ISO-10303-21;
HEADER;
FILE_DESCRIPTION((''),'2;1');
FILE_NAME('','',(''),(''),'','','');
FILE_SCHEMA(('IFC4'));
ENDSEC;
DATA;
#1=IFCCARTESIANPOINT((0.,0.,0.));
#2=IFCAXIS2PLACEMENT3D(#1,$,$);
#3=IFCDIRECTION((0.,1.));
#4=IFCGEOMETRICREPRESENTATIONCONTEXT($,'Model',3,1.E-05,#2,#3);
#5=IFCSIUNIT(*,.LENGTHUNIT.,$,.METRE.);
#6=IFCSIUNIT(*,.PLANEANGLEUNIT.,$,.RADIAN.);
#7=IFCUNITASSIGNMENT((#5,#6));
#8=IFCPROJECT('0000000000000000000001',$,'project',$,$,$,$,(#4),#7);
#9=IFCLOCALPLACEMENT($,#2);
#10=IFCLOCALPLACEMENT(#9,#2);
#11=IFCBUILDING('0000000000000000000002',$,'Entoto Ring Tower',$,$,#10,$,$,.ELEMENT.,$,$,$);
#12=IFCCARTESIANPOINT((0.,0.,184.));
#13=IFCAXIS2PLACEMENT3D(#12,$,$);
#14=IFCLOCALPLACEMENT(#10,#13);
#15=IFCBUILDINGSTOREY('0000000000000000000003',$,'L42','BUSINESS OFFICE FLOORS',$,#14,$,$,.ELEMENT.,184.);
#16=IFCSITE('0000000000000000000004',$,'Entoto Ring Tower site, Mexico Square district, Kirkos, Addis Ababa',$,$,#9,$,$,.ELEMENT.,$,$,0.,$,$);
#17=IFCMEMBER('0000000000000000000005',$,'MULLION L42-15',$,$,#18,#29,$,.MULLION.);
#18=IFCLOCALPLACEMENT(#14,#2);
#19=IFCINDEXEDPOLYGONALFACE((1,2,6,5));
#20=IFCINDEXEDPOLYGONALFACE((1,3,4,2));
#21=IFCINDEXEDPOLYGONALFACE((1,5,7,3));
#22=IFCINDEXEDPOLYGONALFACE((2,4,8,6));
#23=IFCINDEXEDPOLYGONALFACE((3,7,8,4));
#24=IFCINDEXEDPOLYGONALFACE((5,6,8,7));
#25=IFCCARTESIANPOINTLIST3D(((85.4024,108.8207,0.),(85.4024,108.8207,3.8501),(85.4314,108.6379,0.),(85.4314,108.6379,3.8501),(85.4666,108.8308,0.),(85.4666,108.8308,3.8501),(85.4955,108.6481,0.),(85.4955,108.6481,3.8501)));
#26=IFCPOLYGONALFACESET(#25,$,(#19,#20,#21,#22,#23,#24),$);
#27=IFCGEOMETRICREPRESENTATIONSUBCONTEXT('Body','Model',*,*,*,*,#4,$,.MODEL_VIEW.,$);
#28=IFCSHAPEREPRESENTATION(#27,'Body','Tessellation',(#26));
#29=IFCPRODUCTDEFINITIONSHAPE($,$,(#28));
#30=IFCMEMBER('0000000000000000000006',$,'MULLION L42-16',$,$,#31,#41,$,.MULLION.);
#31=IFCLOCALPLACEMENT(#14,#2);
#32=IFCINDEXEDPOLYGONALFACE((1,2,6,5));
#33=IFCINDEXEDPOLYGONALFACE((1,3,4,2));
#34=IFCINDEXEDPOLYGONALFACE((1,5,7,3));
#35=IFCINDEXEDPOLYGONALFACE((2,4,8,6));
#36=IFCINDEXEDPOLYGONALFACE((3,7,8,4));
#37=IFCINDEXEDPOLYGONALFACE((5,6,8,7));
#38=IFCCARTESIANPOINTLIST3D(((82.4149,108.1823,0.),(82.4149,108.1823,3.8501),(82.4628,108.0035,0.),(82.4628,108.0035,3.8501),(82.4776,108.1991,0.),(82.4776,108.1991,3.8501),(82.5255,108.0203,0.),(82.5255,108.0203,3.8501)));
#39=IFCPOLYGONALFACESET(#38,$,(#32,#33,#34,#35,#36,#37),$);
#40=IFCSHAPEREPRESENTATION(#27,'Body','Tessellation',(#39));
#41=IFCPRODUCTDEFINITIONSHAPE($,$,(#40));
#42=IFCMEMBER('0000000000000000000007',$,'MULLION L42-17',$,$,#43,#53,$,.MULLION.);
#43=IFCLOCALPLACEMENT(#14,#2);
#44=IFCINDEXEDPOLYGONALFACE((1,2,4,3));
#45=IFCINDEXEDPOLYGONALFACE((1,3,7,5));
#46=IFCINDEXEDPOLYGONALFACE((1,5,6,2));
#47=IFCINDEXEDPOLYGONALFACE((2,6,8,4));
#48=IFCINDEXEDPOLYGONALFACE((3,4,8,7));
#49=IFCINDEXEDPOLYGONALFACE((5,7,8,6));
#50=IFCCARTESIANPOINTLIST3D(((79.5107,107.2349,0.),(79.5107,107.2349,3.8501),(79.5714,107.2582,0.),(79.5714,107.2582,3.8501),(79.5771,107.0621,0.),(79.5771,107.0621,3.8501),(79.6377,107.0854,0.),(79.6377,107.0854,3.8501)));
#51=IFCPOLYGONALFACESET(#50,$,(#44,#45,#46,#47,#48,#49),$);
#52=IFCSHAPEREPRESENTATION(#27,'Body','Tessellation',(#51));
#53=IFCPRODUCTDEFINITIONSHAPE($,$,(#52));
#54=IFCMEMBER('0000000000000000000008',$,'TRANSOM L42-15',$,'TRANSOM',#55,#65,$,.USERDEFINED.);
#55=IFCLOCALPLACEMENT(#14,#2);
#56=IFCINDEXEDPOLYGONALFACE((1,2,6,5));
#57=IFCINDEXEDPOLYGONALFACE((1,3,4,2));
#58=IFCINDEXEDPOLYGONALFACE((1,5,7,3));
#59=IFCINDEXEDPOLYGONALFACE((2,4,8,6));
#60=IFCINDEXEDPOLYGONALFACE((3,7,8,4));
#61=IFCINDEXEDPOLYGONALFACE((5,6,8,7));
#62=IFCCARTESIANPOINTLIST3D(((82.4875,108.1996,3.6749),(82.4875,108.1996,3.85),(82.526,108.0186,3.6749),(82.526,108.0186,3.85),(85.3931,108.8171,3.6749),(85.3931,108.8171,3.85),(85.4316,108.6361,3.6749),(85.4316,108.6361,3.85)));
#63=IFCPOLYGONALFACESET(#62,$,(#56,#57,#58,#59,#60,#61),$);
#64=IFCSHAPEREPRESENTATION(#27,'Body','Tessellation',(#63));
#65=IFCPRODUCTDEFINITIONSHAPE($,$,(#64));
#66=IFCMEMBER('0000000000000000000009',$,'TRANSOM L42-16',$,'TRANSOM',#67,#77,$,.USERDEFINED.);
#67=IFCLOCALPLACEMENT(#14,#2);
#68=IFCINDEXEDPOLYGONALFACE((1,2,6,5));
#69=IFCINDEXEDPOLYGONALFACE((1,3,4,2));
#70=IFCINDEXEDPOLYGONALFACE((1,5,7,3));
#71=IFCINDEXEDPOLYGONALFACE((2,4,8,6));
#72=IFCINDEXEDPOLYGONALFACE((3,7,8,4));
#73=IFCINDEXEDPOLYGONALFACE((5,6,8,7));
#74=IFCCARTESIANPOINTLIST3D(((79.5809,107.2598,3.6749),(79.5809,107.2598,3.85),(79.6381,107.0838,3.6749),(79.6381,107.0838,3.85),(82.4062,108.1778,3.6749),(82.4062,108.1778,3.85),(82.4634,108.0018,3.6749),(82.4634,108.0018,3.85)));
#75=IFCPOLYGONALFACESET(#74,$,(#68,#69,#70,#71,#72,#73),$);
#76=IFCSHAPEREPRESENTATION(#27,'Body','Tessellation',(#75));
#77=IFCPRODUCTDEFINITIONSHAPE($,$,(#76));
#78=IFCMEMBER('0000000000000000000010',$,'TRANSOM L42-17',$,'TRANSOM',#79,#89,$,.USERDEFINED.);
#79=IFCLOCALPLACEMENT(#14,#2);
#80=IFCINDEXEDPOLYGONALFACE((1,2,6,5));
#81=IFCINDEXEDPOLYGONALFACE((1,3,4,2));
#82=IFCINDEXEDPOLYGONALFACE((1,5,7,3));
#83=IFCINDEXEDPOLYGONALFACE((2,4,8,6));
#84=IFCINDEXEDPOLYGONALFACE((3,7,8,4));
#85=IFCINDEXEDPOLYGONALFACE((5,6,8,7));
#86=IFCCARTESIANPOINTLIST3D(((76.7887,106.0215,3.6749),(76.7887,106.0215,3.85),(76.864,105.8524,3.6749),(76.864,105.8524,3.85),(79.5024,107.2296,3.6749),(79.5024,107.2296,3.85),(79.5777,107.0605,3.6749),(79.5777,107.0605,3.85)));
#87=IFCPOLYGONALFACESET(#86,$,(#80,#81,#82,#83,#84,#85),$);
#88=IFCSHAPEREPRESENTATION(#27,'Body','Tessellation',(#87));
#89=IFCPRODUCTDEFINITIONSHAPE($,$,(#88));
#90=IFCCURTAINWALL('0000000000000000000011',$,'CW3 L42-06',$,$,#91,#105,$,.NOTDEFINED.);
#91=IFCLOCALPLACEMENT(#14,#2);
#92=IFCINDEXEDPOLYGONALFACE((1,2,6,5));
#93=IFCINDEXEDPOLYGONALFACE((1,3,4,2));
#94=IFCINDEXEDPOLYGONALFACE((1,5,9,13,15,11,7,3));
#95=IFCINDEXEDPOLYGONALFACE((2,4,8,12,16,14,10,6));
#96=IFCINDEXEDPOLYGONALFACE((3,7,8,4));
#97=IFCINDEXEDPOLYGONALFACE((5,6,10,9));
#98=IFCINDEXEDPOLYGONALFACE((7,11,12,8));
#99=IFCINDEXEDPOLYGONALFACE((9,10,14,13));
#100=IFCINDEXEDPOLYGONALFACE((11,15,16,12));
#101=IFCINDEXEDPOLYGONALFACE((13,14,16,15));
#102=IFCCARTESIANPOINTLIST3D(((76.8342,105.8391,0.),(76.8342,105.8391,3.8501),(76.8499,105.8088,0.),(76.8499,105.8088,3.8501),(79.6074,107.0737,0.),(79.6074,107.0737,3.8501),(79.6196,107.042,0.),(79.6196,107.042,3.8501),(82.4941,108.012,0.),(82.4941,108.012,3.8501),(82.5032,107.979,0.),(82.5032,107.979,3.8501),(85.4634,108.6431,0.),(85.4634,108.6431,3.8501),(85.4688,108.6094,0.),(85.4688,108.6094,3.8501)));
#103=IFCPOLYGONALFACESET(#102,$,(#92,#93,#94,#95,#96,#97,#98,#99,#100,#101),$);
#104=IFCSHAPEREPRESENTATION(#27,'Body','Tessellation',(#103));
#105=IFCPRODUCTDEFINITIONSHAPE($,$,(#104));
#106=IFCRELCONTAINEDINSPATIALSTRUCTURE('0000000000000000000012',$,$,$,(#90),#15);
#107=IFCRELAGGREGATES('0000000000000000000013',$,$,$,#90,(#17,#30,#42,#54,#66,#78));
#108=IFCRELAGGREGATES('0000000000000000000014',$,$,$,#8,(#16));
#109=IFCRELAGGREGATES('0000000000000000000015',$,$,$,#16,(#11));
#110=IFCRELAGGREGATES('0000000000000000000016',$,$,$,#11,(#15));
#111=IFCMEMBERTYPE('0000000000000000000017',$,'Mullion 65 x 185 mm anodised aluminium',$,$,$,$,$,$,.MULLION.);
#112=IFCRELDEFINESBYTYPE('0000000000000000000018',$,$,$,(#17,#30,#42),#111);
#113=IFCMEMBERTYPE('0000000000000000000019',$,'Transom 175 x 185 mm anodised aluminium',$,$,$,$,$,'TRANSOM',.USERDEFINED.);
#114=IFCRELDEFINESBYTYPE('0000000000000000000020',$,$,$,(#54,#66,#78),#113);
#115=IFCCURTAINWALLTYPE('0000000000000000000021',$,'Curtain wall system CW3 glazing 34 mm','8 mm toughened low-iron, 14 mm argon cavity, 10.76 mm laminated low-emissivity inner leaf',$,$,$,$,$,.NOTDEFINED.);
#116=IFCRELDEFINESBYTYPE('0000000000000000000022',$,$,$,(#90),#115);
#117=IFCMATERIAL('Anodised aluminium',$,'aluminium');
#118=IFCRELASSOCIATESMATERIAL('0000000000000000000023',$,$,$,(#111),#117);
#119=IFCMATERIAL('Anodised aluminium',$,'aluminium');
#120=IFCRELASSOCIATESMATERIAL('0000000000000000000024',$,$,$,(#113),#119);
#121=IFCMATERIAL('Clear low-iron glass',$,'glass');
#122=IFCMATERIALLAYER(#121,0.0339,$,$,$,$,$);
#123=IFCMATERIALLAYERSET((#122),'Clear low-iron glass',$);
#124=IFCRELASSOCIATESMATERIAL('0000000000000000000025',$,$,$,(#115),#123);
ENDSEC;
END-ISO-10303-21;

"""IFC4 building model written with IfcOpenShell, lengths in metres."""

from ifc_helpers import new_model, si_unit, direction, frame, origin, origin_2d, place, context, subcontext, project, spatial, polyline, rectangle, outline, extrude, material, layer, layer_set, material_profile, profile_set, type_object, element, aggregate, save


model = new_model("IFC4")

# Units and contexts
model_context = context("Model", 3, precision=1e-05, world=origin(), true_north=direction((0.0, 1.0)))
body_context = subcontext(model_context, "Body", "Model", "MODEL_VIEW")
ifc_project = project(units=[si_unit("LENGTHUNIT", "METRE"), si_unit("PLANEANGLEUNIT", "RADIAN")], contexts=[model_context])

# Members
ifc_material_1 = material(Name="Anodised aluminium", Category="aluminium")
ifc_material_profile_1 = material_profile(ifc_material_1, rectangle(XDim=0.0649, YDim=0.1851, at=origin_2d()), Name="Mullion 65 x 185 mm anodised aluminium")
ifc_profile_set_1 = profile_set([ifc_material_profile_1], Name="Anodised aluminium")
member_type_1 = type_object("IfcMemberType", Name="Mullion 65 x 185 mm anodised aluminium", PredefinedType="MULLION", material=ifc_profile_set_1)
site_placement = place(None, origin())
building_placement = place(site_placement, origin())
storey_placement = place(building_placement, frame((0.0, 0.0, 184.0)))
member_1_placement = place(storey_placement, frame((85.449, 108.7344, 0.0), z_axis=(0.0, 0.0, 1.0), x_axis=(-0.987688, -0.156434, 0.0)))
member_1 = element("IfcMember", 1, at=member_1_placement, type_object=member_type_1, Name="MULLION L42-15", PredefinedType="MULLION", context=body_context, shape_type="SweptSolid", body=[
    extrude(rectangle(XDim=0.0649, YDim=0.1851, at=origin_2d()), origin(), (0.0, 0.0, 1.0), 3.8501),
])
member_2_placement = place(storey_placement, frame((82.4702, 108.1013, 0.0), z_axis=(0.0, 0.0, 1.0), x_axis=(-0.965926, -0.258819, 0.0)))
member_2 = element("IfcMember", 2, at=member_2_placement, type_object=member_type_1, Name="MULLION L42-16", PredefinedType="MULLION", context=body_context, shape_type="SweptSolid", body=[
    extrude(rectangle(XDim=0.0649, YDim=0.1851, at=origin_2d()), origin(), (0.0, 0.0, 1.0), 3.8501),
])
member_3_placement = place(storey_placement, frame((79.5742, 107.1602, 0.0), z_axis=(0.0, 0.0, 1.0), x_axis=(-0.93358, -0.358368, 0.0)))
member_3 = element("IfcMember", 3, at=member_3_placement, type_object=member_type_1, Name="MULLION L42-17", PredefinedType="MULLION", context=body_context, shape_type="SweptSolid", body=[
    extrude(rectangle(XDim=0.0649, YDim=0.1851, at=origin_2d()), origin(), (0.0, 0.0, 1.0), 3.8501),
])
ifc_material_2 = material(Name="Anodised aluminium", Category="aluminium")
ifc_material_profile_2 = material_profile(ifc_material_2, rectangle(XDim=0.1851, YDim=0.175, at=origin_2d()), Name="Transom 175 x 185 mm anodised aluminium")
ifc_profile_set_2 = profile_set([ifc_material_profile_2], Name="Anodised aluminium")
member_type_2 = type_object("IfcMemberType", Name="Transom 175 x 185 mm anodised aluminium", ElementType="TRANSOM", PredefinedType="USERDEFINED", material=ifc_profile_set_2)
member_4_placement = place(storey_placement, frame((85.4124, 108.7266, 3.7625), z_axis=(-0.978158, -0.207862, 0.0), x_axis=(0.207862, -0.978158, 0.0)))
member_4 = element("IfcMember", 4, at=member_4_placement, type_object=member_type_2, Name="TRANSOM L42-15", ObjectType="TRANSOM", PredefinedType="USERDEFINED", context=body_context, shape_type="SweptSolid", body=[
    extrude(rectangle(XDim=0.1851, YDim=0.175, at=origin_2d()), origin(), (0.0, 0.0, 1.0), 2.9705),
])
member_5_placement = place(storey_placement, frame((82.4348, 108.0898, 3.7625), z_axis=(-0.951056, -0.309019, 0.0), x_axis=(0.309019, -0.951056, 0.0)))
member_5 = element("IfcMember", 5, at=member_5_placement, type_object=member_type_2, Name="TRANSOM L42-16", ObjectType="TRANSOM", PredefinedType="USERDEFINED", context=body_context, shape_type="SweptSolid", body=[
    extrude(rectangle(XDim=0.1851, YDim=0.175, at=origin_2d()), origin(), (0.0, 0.0, 1.0), 2.9707),
])
member_6_placement = place(storey_placement, frame((79.54, 107.145, 3.7625), z_axis=(-0.913567, -0.406687, 0.0), x_axis=(0.406687, -0.913567, 0.0)))
member_6 = element("IfcMember", 6, at=member_6_placement, type_object=member_type_2, Name="TRANSOM L42-17", ObjectType="TRANSOM", PredefinedType="USERDEFINED", context=body_context, shape_type="SweptSolid", body=[
    extrude(rectangle(XDim=0.1851, YDim=0.175, at=origin_2d()), origin(), (0.0, 0.0, 1.0), 2.9705),
])

# Site, building, storey
site = spatial("IfcSite", under=ifc_project, at=site_placement, Name="Entoto Ring Tower site, Mexico Square district, Kirkos, Addis Ababa", CompositionType="ELEMENT", RefElevation=0.0)
building = spatial("IfcBuilding", under=site, at=building_placement, Name="Entoto Ring Tower", CompositionType="ELEMENT")
storey = spatial("IfcBuildingStorey", under=building, at=storey_placement, Name="L42", Description="BUSINESS OFFICE FLOORS", CompositionType="ELEMENT", Elevation=184.0)

# Curtain wall
ifc_material_3 = material(Name="Clear low-iron glass", Category="glass")
ifc_layer = layer(ifc_material_3, 0.0339)
ifc_layer_set = layer_set([ifc_layer], Name="Clear low-iron glass")
curtain_wall_type = type_object("IfcCurtainWallType", Name="Curtain wall system CW3 glazing 34 mm", Description="8 mm toughened low-iron, 14 mm argon cavity, 10.76 mm laminated low-emissivity inner leaf", PredefinedType="NOTDEFINED", material=ifc_layer_set)
curtain_wall_1_placement = place(storey_placement, origin())
curtain_wall_1 = element("IfcCurtainWall", 7, at=curtain_wall_1_placement, inside=storey, type_object=curtain_wall_type, Name="CW3 L42-06", PredefinedType="NOTDEFINED", context=body_context, shape_type="SweptSolid", body=[
    extrude(outline(polyline([(85.4634, 108.6431), (82.4941, 108.012), (79.6074, 107.0737), (76.8342, 105.8391), (76.8499, 105.8088), (79.6196, 107.042), (82.5032, 107.979), (85.4688, 108.6094), (85.4634, 108.6431)])), origin(), (0.0, 0.0, 1.0), 3.8501),
])
aggregate(curtain_wall_1, [member_1, member_2, member_3, member_4, member_5, member_6])

save(model, "model.ifc")
